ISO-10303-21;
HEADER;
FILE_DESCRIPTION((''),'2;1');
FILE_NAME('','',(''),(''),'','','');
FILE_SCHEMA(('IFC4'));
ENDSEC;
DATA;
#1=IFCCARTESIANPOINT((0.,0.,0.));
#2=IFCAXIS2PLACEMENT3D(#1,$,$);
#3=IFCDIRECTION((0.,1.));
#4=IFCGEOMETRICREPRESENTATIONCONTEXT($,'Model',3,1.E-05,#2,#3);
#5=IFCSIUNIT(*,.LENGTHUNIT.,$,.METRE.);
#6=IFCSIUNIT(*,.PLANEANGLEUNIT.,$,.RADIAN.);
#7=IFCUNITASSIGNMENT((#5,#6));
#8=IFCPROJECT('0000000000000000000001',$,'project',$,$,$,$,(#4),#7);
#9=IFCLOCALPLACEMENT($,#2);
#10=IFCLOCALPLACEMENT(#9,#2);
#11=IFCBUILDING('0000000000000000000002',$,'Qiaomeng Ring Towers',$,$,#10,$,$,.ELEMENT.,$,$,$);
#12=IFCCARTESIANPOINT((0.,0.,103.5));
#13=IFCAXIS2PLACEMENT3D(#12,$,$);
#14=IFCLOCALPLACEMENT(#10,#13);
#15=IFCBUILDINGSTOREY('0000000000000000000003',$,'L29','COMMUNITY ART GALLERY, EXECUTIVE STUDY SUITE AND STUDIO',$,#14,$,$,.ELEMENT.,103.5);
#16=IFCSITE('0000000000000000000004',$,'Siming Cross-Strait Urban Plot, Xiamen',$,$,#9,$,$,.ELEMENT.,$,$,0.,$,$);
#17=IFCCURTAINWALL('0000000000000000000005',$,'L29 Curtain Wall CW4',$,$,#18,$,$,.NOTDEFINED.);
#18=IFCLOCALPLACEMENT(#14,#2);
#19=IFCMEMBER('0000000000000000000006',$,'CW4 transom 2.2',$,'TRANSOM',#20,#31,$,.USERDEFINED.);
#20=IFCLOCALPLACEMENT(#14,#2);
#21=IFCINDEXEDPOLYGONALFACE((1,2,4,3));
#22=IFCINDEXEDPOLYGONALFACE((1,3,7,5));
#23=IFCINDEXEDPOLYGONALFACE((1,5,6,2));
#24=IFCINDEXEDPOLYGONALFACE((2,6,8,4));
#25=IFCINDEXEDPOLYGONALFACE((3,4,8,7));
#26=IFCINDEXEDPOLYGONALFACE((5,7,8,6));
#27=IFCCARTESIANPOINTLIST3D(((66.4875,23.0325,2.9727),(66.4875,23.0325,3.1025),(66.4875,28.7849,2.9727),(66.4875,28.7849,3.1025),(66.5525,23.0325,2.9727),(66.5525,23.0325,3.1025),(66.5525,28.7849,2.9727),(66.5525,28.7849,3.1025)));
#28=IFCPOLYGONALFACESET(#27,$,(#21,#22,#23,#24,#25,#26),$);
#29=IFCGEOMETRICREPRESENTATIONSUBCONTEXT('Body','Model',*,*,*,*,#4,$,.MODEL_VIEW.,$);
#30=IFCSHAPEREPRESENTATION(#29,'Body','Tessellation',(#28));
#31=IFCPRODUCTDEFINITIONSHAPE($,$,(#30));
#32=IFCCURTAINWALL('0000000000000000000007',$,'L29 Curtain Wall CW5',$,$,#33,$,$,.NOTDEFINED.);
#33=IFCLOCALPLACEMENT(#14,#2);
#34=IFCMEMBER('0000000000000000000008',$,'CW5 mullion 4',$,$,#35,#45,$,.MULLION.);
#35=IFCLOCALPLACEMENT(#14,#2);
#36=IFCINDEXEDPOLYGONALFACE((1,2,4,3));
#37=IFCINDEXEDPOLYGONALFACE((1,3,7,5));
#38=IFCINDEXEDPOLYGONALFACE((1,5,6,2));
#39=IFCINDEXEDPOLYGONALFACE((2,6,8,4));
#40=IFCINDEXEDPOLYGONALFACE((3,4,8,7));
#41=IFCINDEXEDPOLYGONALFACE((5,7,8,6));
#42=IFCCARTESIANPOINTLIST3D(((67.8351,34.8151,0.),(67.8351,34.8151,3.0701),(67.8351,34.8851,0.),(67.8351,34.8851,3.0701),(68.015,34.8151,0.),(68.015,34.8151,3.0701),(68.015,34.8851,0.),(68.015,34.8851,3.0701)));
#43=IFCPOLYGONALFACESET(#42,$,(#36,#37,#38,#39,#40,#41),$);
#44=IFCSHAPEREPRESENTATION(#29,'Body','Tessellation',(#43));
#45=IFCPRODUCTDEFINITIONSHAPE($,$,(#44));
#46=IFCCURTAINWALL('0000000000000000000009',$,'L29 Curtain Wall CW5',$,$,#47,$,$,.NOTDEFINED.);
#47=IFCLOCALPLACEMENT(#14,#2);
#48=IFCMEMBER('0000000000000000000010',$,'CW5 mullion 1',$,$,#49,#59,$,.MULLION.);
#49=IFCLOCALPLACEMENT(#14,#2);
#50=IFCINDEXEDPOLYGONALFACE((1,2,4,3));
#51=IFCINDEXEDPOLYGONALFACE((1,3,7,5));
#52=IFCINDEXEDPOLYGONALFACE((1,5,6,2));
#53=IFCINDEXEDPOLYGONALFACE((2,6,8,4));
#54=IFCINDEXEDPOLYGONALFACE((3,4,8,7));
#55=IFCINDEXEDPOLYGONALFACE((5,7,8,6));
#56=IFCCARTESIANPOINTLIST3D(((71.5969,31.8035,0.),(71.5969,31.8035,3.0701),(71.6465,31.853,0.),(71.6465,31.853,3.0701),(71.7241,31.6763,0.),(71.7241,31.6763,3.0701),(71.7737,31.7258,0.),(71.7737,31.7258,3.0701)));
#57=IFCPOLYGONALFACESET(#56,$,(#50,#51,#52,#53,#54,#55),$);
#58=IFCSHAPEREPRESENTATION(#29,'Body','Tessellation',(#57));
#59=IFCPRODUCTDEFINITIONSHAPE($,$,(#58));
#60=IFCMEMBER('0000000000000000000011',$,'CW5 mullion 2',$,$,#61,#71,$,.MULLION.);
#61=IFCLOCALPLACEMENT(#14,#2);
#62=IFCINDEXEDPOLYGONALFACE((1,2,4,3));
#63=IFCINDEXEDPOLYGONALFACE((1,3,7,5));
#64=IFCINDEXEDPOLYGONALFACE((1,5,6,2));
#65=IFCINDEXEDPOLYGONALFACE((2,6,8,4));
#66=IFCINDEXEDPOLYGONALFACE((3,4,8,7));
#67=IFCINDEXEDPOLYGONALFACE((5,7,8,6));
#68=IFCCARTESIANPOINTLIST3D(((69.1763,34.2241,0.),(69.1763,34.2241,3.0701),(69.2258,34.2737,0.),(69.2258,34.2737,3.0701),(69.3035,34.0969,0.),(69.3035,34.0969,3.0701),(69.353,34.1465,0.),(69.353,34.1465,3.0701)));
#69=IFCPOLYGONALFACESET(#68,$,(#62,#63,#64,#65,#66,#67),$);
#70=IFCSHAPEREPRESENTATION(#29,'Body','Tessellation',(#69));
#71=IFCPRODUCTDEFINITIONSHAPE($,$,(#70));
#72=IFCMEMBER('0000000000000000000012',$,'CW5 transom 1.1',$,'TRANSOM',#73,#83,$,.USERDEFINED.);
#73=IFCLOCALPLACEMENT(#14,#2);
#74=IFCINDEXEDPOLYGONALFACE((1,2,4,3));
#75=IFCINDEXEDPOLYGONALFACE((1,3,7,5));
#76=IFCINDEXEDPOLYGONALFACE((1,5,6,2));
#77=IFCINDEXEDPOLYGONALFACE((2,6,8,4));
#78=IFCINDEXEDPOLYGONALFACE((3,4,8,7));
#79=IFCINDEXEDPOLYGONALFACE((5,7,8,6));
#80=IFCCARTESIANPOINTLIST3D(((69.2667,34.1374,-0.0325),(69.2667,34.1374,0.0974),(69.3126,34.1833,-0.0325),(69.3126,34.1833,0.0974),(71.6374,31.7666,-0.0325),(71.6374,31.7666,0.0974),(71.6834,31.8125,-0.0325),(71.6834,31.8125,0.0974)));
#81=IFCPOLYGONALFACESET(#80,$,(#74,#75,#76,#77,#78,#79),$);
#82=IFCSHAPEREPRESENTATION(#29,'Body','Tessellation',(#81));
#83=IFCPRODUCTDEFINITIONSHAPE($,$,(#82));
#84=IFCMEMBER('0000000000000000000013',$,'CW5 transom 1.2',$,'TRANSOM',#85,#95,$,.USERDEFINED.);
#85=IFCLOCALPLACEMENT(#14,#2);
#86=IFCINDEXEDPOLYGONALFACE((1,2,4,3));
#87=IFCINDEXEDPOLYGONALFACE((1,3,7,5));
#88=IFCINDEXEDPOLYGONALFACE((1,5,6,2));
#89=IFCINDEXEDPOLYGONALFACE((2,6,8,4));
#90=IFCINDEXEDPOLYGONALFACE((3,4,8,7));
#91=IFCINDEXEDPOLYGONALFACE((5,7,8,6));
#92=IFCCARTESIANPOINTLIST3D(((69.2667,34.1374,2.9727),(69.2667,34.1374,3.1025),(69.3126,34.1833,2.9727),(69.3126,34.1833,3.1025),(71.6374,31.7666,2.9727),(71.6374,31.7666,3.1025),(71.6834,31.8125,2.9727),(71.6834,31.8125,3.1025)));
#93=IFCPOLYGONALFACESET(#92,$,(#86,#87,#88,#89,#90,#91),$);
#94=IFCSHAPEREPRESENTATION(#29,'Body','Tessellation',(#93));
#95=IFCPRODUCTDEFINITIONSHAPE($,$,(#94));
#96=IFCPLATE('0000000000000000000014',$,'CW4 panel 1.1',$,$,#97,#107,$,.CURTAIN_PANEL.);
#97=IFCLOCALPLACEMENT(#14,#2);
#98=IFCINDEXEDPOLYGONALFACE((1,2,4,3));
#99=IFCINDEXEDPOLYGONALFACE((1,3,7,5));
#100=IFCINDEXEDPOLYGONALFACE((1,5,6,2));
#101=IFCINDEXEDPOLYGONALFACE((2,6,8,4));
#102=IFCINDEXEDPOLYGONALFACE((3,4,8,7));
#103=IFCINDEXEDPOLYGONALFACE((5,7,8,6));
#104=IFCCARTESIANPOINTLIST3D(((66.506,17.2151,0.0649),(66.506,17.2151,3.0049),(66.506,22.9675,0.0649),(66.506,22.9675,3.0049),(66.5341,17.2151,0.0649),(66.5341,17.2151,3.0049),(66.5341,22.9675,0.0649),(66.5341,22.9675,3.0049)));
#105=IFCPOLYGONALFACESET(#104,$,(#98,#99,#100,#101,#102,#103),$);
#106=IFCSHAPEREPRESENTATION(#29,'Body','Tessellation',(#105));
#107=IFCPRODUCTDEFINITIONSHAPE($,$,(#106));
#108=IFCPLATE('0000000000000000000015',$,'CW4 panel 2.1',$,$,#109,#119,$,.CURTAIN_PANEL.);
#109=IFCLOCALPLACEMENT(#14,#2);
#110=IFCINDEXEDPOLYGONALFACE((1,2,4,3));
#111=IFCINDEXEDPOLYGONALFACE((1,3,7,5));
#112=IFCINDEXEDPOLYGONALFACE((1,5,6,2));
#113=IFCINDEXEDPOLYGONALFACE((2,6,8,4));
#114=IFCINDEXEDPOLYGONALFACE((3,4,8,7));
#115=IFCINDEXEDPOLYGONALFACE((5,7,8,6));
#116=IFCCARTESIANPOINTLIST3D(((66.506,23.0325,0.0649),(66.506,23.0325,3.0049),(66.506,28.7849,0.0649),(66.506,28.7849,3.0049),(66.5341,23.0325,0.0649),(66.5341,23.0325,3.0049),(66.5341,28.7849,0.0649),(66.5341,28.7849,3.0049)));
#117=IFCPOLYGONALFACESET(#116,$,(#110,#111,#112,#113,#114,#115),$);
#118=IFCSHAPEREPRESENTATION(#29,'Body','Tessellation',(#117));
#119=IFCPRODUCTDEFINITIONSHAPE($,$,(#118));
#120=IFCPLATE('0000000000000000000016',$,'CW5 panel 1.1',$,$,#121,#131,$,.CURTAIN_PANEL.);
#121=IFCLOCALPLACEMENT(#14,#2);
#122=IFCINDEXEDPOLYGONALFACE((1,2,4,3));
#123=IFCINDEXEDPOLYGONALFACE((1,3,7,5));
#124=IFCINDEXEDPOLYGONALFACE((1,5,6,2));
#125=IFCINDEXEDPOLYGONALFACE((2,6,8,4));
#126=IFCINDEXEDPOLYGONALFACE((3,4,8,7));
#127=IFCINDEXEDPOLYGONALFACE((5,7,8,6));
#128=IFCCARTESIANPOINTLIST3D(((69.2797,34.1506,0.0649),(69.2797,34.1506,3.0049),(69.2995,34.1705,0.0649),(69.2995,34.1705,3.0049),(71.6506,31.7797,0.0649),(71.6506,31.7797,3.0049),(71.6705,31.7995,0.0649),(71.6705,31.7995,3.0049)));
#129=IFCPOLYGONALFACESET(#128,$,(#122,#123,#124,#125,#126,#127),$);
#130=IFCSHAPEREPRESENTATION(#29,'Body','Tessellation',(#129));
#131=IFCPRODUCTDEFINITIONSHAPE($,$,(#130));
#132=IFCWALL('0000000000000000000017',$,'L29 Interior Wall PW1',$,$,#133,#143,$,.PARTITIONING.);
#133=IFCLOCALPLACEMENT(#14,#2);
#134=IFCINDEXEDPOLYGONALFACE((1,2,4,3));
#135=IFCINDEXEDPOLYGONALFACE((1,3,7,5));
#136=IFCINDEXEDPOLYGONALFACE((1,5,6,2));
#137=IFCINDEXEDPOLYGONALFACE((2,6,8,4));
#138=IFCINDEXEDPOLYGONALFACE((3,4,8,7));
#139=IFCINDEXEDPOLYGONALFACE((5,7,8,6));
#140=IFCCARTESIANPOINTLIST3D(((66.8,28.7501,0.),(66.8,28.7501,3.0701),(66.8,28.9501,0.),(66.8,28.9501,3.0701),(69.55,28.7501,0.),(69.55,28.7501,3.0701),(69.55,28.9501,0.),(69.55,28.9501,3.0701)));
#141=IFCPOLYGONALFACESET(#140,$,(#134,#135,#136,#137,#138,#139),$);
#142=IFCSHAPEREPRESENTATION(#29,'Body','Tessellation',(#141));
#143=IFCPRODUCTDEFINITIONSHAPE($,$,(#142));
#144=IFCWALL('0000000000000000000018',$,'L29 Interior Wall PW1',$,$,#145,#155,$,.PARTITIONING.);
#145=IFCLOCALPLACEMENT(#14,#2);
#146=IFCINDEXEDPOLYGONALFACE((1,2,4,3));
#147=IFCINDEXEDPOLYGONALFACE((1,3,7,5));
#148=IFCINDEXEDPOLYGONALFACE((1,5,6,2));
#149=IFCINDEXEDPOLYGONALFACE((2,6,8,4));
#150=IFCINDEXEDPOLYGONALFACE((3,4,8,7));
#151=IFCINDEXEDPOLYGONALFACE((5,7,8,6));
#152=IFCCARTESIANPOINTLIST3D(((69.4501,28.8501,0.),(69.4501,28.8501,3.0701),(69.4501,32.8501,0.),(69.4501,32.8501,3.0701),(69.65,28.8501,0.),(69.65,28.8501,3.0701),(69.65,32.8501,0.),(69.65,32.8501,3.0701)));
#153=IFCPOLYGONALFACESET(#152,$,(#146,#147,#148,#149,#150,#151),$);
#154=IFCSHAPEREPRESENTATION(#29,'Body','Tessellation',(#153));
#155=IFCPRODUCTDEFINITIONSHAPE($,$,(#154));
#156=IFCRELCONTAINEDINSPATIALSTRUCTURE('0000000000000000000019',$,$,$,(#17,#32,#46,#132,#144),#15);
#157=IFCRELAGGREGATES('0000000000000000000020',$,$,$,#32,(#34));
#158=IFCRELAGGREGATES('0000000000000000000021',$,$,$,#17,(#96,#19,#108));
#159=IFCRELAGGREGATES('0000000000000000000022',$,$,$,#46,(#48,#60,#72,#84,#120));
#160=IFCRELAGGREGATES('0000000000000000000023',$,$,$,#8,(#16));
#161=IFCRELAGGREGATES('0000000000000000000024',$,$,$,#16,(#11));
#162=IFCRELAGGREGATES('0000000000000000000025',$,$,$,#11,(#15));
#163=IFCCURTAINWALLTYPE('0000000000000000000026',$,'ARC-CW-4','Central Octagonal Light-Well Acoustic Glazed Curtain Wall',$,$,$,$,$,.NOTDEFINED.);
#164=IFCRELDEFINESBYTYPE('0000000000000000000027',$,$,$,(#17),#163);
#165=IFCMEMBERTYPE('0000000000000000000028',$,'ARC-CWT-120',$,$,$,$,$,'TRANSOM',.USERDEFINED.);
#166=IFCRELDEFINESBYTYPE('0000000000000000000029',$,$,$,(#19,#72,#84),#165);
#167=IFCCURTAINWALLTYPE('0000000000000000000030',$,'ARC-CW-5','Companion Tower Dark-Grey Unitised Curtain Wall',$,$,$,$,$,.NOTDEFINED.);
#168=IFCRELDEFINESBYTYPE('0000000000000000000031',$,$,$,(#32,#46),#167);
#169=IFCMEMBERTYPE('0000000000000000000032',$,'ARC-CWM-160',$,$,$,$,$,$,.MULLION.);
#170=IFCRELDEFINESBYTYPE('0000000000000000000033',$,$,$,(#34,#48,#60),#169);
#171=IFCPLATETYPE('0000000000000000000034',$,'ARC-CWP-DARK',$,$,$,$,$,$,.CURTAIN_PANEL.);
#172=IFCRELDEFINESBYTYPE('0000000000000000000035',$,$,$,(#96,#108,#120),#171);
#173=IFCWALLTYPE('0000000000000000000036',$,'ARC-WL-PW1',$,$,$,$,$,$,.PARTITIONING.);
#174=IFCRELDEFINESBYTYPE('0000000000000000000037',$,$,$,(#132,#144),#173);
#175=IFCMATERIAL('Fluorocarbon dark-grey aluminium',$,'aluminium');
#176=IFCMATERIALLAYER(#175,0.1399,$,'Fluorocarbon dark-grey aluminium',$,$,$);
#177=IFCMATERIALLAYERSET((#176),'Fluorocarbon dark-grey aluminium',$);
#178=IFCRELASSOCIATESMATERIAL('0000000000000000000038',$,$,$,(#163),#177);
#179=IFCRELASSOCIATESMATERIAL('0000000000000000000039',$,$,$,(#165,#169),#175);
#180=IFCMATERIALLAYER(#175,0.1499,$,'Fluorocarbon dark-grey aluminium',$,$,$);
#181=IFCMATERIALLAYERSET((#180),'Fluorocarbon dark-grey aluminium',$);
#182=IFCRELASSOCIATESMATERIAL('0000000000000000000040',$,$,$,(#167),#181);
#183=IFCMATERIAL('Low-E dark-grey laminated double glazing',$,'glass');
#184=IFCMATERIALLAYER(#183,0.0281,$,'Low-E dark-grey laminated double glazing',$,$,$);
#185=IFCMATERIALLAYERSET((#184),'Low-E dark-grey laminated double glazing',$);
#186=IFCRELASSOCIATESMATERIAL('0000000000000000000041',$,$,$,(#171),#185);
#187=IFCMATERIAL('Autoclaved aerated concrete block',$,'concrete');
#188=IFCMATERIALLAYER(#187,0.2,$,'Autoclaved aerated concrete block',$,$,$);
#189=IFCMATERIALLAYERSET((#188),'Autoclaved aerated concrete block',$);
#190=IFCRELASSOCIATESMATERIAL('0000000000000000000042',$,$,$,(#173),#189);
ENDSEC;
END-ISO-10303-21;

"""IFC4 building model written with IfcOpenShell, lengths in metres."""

from ifc_helpers import new_model, si_unit, direction, frame, frame_2d, origin, origin_2d, place, context, subcontext, project, spatial, rectangle, extrude, source, transform, mapped, material, layer, layer_set, material_profile, profile_set, type_object, element, aggregate, save


model = new_model("IFC4")

# Units and contexts
model_context = context("Model", 3, precision=1e-05, world=origin(), true_north=direction((0.0, 1.0)))
body_context = subcontext(model_context, "Body", "Model", "MODEL_VIEW")
ifc_project = project(units=[si_unit("LENGTHUNIT", "METRE"), si_unit("PLANEANGLEUNIT", "RADIAN")], contexts=[model_context])

# Site, building, storey
site_placement = place(None, origin())
site = spatial("IfcSite", under=ifc_project, at=site_placement, Name="Siming Cross-Strait Urban Plot, Xiamen", CompositionType="ELEMENT", RefElevation=0.0)
building_placement = place(site_placement, origin())
building = spatial("IfcBuilding", under=site, at=building_placement, Name="Qiaomeng Ring Towers", CompositionType="ELEMENT")
storey_placement = place(building_placement, frame((0.0, 0.0, 103.5)))
storey = spatial("IfcBuildingStorey", under=building, at=storey_placement, Name="L29", Description="COMMUNITY ART GALLERY, EXECUTIVE STUDY SUITE AND STUDIO", CompositionType="ELEMENT", Elevation=103.5)

# Curtain wall, member
ifc_material_1 = material(Name="Fluorocarbon dark-grey aluminium", Category="aluminium")
ifc_layer_1 = layer(ifc_material_1, 0.1399, Name="Fluorocarbon dark-grey aluminium")
ifc_layer_set_1 = layer_set([ifc_layer_1], Name="Fluorocarbon dark-grey aluminium")
curtain_wall_type_1 = type_object("IfcCurtainWallType", Name="ARC-CW-4", Description="Central Octagonal Light-Well Acoustic Glazed Curtain Wall", PredefinedType="NOTDEFINED", material=ifc_layer_set_1)
curtain_wall_1_placement = place(storey_placement, origin())
curtain_wall_1 = element("IfcCurtainWall", 1, at=curtain_wall_1_placement, inside=storey, type_object=curtain_wall_type_1, Name="L29 Curtain Wall CW4", PredefinedType="NOTDEFINED")
ifc_material_profile_1 = material_profile(ifc_material_1, rectangle(XDim=0.0649, YDim=0.1299, at=origin_2d()), Name="ALU TRAN 65x130")
ifc_profile_set_1 = profile_set([ifc_material_profile_1], Name="Fluorocarbon dark-grey aluminium")
member_type_1 = type_object("IfcMemberType", Name="ARC-CWT-120", ElementType="TRANSOM", PredefinedType="USERDEFINED", material=ifc_profile_set_1)
shared_shape_1 = source(origin(), body_context, "Body", "SweptSolid", [
    extrude(rectangle(XDim=0.0649, YDim=0.1299, at=origin_2d()), origin(), (0.0, 0.0, 1.0), 5.7524),
])
member_1_placement = place(storey_placement, frame((66.52, 23.0325, 3.0376), z_axis=(0.0, 1.0, 0.0), x_axis=(-1.0, 0.0, 0.0)))
member_1 = element("IfcMember", 2, at=member_1_placement, type_object=member_type_1, Name="CW4 transom 2.2", ObjectType="TRANSOM", PredefinedType="USERDEFINED", context=body_context, shape_type="MappedRepresentation", body=[
    mapped(shared_shape_1, transform((0.0, 0.0, 0.0), x_axis=(1.0, 0.0, 0.0), y_axis=(0.0, 1.0, 0.0), z_axis=(0.0, 0.0, 1.0), scale=1.0)),
])

# Curtain wall, member
ifc_layer_2 = layer(ifc_material_1, 0.1499, Name="Fluorocarbon dark-grey aluminium")
ifc_layer_set_2 = layer_set([ifc_layer_2], Name="Fluorocarbon dark-grey aluminium")
curtain_wall_type_2 = type_object("IfcCurtainWallType", Name="ARC-CW-5", Description="Companion Tower Dark-Grey Unitised Curtain Wall", PredefinedType="NOTDEFINED", material=ifc_layer_set_2)
curtain_wall_2_placement = place(storey_placement, origin())
curtain_wall_2 = element("IfcCurtainWall", 3, at=curtain_wall_2_placement, inside=storey, type_object=curtain_wall_type_2, Name="L29 Curtain Wall CW5", PredefinedType="NOTDEFINED")
ifc_material_profile_2 = material_profile(ifc_material_1, rectangle(XDim=0.0701, YDim=0.1799, at=origin_2d()), Name="ALU MULL 70x180")
ifc_profile_set_2 = profile_set([ifc_material_profile_2], Name="Fluorocarbon dark-grey aluminium")
member_type_2 = type_object("IfcMemberType", Name="ARC-CWM-160", PredefinedType="MULLION", material=ifc_profile_set_2)
shared_shape_2 = source(origin(), body_context, "Body", "SweptSolid", [
    extrude(rectangle(XDim=0.0701, YDim=0.1799, at=origin_2d()), origin(), (0.0, 0.0, 1.0), 3.0701),
])
member_2_placement = place(storey_placement, frame((67.925, 34.8501, 0.0), z_axis=(0.0, 0.0, 1.0), x_axis=(0.0, 1.0, 0.0)))
member_2 = element("IfcMember", 4, at=member_2_placement, type_object=member_type_2, Name="CW5 mullion 4", PredefinedType="MULLION", context=body_context, shape_type="MappedRepresentation", body=[
    mapped(shared_shape_2, transform((0.0, 0.0, 0.0), x_axis=(1.0, 0.0, 0.0), y_axis=(0.0, 1.0, 0.0), z_axis=(0.0, 0.0, 1.0), scale=1.0)),
])
aggregate(curtain_wall_2, [member_2])

# Curtain wall, members
curtain_wall_3_placement = place(storey_placement, origin())
curtain_wall_3 = element("IfcCurtainWall", 5, at=curtain_wall_3_placement, inside=storey, type_object=curtain_wall_type_2, Name="L29 Curtain Wall CW5", PredefinedType="NOTDEFINED")
member_3_placement = place(storey_placement, frame((71.6853, 31.7646, 0.0), z_axis=(0.0, 0.0, 1.0), x_axis=(-0.707107, -0.707107, 0.0)))
member_3 = element("IfcMember", 6, at=member_3_placement, type_object=member_type_2, Name="CW5 mullion 1", PredefinedType="MULLION", context=body_context, shape_type="MappedRepresentation", body=[
    mapped(shared_shape_2, transform((0.0, 0.0, 0.0), x_axis=(1.0, 0.0, 0.0), y_axis=(0.0, 1.0, 0.0), z_axis=(0.0, 0.0, 1.0), scale=1.0)),
])
member_4_placement = place(storey_placement, frame((69.2646, 34.1853, 0.0), z_axis=(0.0, 0.0, 1.0), x_axis=(-0.707107, -0.707107, 0.0)))
member_4 = element("IfcMember", 7, at=member_4_placement, type_object=member_type_2, Name="CW5 mullion 2", PredefinedType="MULLION", context=body_context, shape_type="MappedRepresentation", body=[
    mapped(shared_shape_2, transform((0.0, 0.0, 0.0), x_axis=(1.0, 0.0, 0.0), y_axis=(0.0, 1.0, 0.0), z_axis=(0.0, 0.0, 1.0), scale=1.0)),
])
shared_shape_3 = source(origin(), body_context, "Body", "SweptSolid", [
    extrude(rectangle(XDim=0.0649, YDim=0.1299, at=origin_2d()), origin(), (0.0, 0.0, 1.0), 3.3528),
])
member_5_placement = place(storey_placement, frame((71.6604, 31.7896, 0.0325), z_axis=(-0.707107, 0.707107, 0.0), x_axis=(-0.707107, -0.707107, 0.0)))
member_5 = element("IfcMember", 8, at=member_5_placement, type_object=member_type_1, Name="CW5 transom 1.1", ObjectType="TRANSOM", PredefinedType="USERDEFINED", context=body_context, shape_type="MappedRepresentation", body=[
    mapped(shared_shape_3, transform((0.0, 0.0, 0.0), x_axis=(1.0, 0.0, 0.0), y_axis=(0.0, 1.0, 0.0), z_axis=(0.0, 0.0, 1.0), scale=1.0)),
])
member_6_placement = place(storey_placement, frame((71.6604, 31.7896, 3.0376), z_axis=(-0.707107, 0.707107, 0.0), x_axis=(-0.707107, -0.707107, 0.0)))
member_6 = element("IfcMember", 9, at=member_6_placement, type_object=member_type_1, Name="CW5 transom 1.2", ObjectType="TRANSOM", PredefinedType="USERDEFINED", context=body_context, shape_type="MappedRepresentation", body=[
    mapped(shared_shape_3, transform((0.0, 0.0, 0.0), x_axis=(1.0, 0.0, 0.0), y_axis=(0.0, 1.0, 0.0), z_axis=(0.0, 0.0, 1.0), scale=1.0)),
])

# Plates
ifc_material_2 = material(Name="Low-E dark-grey laminated double glazing", Category="glass")
ifc_layer_3 = layer(ifc_material_2, 0.0281, Name="Low-E dark-grey laminated double glazing")
ifc_layer_set_3 = layer_set([ifc_layer_3], Name="Low-E dark-grey laminated double glazing")
plate_type = type_object("IfcPlateType", Name="ARC-CWP-DARK", PredefinedType="CURTAIN_PANEL", material=ifc_layer_set_3)
shared_shape_4 = source(origin(), body_context, "Body", "SweptSolid", [
    extrude(rectangle(XDim=5.7524, YDim=0.0281, at=origin_2d()), origin(), (0.0, 0.0, 1.0), 2.9399),
])
plate_1_placement = place(storey_placement, frame((66.52, 20.0913, 0.0649), z_axis=(0.0, 0.0, 1.0), x_axis=(0.0, 1.0, 0.0)))
plate_1 = element("IfcPlate", 10, at=plate_1_placement, type_object=plate_type, Name="CW4 panel 1.1", PredefinedType="CURTAIN_PANEL", context=body_context, shape_type="MappedRepresentation", body=[
    mapped(shared_shape_4, transform((0.0, 0.0, 0.0), x_axis=(1.0, 0.0, 0.0), y_axis=(0.0, 1.0, 0.0), z_axis=(0.0, 0.0, 1.0), scale=1.0)),
])
plate_2_placement = place(storey_placement, frame((66.52, 25.9087, 0.0649), z_axis=(0.0, 0.0, 1.0), x_axis=(0.0, 1.0, 0.0)))
plate_2 = element("IfcPlate", 11, at=plate_2_placement, type_object=plate_type, Name="CW4 panel 2.1", PredefinedType="CURTAIN_PANEL", context=body_context, shape_type="MappedRepresentation", body=[
    mapped(shared_shape_4, transform((0.0, 0.0, 0.0), x_axis=(1.0, 0.0, 0.0), y_axis=(0.0, 1.0, 0.0), z_axis=(0.0, 0.0, 1.0), scale=1.0)),
])
aggregate(curtain_wall_1, [plate_1, member_1, plate_2])
shared_shape_5 = source(origin(), body_context, "Body", "SweptSolid", [
    extrude(rectangle(XDim=3.353, YDim=0.0281, at=origin_2d()), origin(), (0.0, 0.0, 1.0), 2.9399),
])
plate_3_placement = place(storey_placement, frame((70.4751, 32.9751, 0.0649), z_axis=(0.0, 0.0, 1.0), x_axis=(-0.707107, 0.707107, 0.0)))
plate_3 = element("IfcPlate", 12, at=plate_3_placement, type_object=plate_type, Name="CW5 panel 1.1", PredefinedType="CURTAIN_PANEL", context=body_context, shape_type="MappedRepresentation", body=[
    mapped(shared_shape_5, transform((0.0, 0.0, 0.0), x_axis=(1.0, 0.0, 0.0), y_axis=(0.0, 1.0, 0.0), z_axis=(0.0, 0.0, 1.0), scale=1.0)),
])
aggregate(curtain_wall_3, [member_3, member_4, member_5, member_6, plate_3])

# Walls
ifc_material_3 = material(Name="Autoclaved aerated concrete block", Category="concrete")
ifc_layer_4 = layer(ifc_material_3, 0.2, Name="Autoclaved aerated concrete block")
ifc_layer_set_4 = layer_set([ifc_layer_4], Name="Autoclaved aerated concrete block")
wall_type_1 = type_object("IfcWallType", Name="ARC-WL-PW1", PredefinedType="PARTITIONING", material=ifc_layer_set_4)
wall_1_placement = place(storey_placement, frame((66.8, 28.8501, 0.0), z_axis=(0.0, 0.0, 1.0), x_axis=(1.0, 0.0, 0.0)))
element("IfcWall", 13, at=wall_1_placement, inside=storey, type_object=wall_type_1, Name="L29 Interior Wall PW1", PredefinedType="PARTITIONING", context=body_context, shape_type="SweptSolid", body=[
    extrude(rectangle(XDim=2.75, YDim=0.2, at=frame_2d((1.375, 0.0))), origin(), (0.0, 0.0, 1.0), 3.0701),
])
wall_2_placement = place(storey_placement, frame((69.55, 28.8501, 0.0), z_axis=(0.0, 0.0, 1.0), x_axis=(0.0, 1.0, 0.0)))
element("IfcWall", 14, at=wall_2_placement, inside=storey, type_object=wall_type_1, Name="L29 Interior Wall PW1", PredefinedType="PARTITIONING", context=body_context, shape_type="SweptSolid", body=[
    extrude(rectangle(XDim=4.0, YDim=0.2, at=frame_2d((2.0, 0.0))), origin(), (0.0, 0.0, 1.0), 3.0701),
])

save(model, "model.ifc")
